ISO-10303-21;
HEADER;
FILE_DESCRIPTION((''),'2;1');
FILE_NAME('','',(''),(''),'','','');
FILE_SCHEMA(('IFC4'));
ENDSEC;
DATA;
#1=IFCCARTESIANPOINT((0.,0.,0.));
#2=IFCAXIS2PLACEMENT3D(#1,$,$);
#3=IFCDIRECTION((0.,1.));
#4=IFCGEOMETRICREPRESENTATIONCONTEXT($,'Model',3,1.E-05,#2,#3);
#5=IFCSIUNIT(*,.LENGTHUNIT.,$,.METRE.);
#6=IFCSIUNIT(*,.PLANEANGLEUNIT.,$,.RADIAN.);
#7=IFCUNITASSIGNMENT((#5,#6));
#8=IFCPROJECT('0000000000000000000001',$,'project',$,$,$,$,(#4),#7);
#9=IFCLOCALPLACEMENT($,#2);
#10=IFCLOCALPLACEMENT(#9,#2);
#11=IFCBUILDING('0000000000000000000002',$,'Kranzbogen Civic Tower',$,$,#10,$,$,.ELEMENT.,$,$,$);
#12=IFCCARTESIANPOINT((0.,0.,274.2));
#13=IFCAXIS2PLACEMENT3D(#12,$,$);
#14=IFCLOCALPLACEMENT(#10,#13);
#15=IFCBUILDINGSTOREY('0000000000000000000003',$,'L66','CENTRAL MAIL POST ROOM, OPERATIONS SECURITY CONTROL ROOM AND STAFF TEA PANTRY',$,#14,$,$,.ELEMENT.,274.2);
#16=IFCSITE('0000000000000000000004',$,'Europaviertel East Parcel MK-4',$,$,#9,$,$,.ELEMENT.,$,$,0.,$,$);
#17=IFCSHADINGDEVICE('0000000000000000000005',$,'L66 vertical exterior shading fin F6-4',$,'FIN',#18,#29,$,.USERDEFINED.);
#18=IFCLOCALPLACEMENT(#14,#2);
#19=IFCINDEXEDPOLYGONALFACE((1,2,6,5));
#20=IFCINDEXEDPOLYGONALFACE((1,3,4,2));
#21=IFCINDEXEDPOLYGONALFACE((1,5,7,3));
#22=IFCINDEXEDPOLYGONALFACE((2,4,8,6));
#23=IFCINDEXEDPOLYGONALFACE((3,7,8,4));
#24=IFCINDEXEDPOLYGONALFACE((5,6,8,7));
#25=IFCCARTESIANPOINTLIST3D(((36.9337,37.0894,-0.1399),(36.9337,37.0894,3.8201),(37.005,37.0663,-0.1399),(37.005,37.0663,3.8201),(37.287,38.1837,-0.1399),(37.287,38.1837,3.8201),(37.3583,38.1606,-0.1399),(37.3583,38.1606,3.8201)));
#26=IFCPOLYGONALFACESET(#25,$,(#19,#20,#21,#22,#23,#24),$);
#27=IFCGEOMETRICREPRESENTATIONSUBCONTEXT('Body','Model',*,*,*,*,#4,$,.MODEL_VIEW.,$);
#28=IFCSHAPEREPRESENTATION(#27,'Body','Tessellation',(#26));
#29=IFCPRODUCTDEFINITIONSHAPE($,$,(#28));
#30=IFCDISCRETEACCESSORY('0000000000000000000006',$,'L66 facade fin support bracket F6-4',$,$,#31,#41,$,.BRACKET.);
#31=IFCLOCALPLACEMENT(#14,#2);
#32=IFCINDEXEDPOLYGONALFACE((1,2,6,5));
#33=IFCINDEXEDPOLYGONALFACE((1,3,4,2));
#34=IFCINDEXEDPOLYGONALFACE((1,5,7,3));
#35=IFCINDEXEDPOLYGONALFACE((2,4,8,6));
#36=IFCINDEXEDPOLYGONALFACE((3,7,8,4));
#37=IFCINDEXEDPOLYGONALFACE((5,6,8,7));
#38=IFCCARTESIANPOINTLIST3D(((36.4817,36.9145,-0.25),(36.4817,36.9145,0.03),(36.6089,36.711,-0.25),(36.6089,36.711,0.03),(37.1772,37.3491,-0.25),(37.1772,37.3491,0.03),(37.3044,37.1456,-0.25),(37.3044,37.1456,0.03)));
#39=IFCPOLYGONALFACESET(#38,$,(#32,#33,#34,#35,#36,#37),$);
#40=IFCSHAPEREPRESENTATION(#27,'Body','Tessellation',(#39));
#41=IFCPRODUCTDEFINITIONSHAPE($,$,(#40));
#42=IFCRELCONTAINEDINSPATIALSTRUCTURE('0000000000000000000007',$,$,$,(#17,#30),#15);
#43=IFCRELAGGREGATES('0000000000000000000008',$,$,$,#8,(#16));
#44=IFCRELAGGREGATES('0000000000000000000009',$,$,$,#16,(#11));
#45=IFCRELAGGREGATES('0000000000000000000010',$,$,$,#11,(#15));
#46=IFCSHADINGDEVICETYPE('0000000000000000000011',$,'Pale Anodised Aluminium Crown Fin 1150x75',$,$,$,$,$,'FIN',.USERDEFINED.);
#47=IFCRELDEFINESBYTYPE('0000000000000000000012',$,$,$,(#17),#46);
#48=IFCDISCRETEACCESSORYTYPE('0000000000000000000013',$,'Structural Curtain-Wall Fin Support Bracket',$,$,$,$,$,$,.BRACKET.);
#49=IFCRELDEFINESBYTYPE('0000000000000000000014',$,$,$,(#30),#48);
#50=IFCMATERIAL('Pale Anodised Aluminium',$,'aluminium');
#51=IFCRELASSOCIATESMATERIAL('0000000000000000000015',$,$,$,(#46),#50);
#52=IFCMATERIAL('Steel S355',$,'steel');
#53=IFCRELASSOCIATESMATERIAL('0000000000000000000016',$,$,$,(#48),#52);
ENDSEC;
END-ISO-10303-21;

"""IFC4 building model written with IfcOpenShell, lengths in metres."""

from ifc_helpers import new_model, si_unit, direction, frame, origin, origin_2d, place, context, subcontext, project, spatial, rectangle, extrude, material, type_object, element, save


model = new_model("IFC4")

# Units and contexts
model_context = context("Model", 3, precision=1e-05, world=origin(), true_north=direction((0.0, 1.0)))
body_context = subcontext(model_context, "Body", "Model", "MODEL_VIEW")
ifc_project = project(units=[si_unit("LENGTHUNIT", "METRE"), si_unit("PLANEANGLEUNIT", "RADIAN")], contexts=[model_context])

# Site, building, storey
site_placement = place(None, origin())
site = spatial("IfcSite", under=ifc_project, at=site_placement, Name="Europaviertel East Parcel MK-4", CompositionType="ELEMENT", RefElevation=0.0)
building_placement = place(site_placement, origin())
building = spatial("IfcBuilding", under=site, at=building_placement, Name="Kranzbogen Civic Tower", CompositionType="ELEMENT")
storey_placement = place(building_placement, frame((0.0, 0.0, 274.2)))
storey = spatial("IfcBuildingStorey", under=building, at=storey_placement, Name="L66", Description="CENTRAL MAIL POST ROOM, OPERATIONS SECURITY CONTROL ROOM AND STAFF TEA PANTRY", CompositionType="ELEMENT", Elevation=274.2)

# Shared definitions
ifc_material_1 = material(Name="Steel S355", Category="steel")

# Shared definitions
ifc_material_2 = material(Name="Pale Anodised Aluminium", Category="aluminium")

# Shading device
shading_device_type = type_object("IfcShadingDeviceType", Name="Pale Anodised Aluminium Crown Fin 1150x75", ElementType="FIN", PredefinedType="USERDEFINED", material=ifc_material_2)
shading_device_placement = place(storey_placement, frame((37.146, 37.625, -0.1399), z_axis=(0.0, 0.0, 1.0), x_axis=(0.307191, 0.951648, 0.0)))
element("IfcShadingDevice", 1, at=shading_device_placement, inside=storey, type_object=shading_device_type, Name="L66 vertical exterior shading fin F6-4", ObjectType="FIN", PredefinedType="USERDEFINED", context=body_context, shape_type="SweptSolid", body=[
    extrude(rectangle(XDim=1.1499, YDim=0.075, at=origin_2d()), origin(), (0.0, 0.0, 1.0), 3.96),
])

# Discrete accessory
discrete_accessory_type = type_object("IfcDiscreteAccessoryType", Name="Structural Curtain-Wall Fin Support Bracket", PredefinedType="BRACKET", material=ifc_material_1)
discrete_accessory_placement = place(storey_placement, frame((36.8931, 37.03, -0.25), z_axis=(0.0, 0.0, 1.0), x_axis=(0.848048, 0.529919, 0.0)))
element("IfcDiscreteAccessory", 2, at=discrete_accessory_placement, inside=storey, type_object=discrete_accessory_type, Name="L66 facade fin support bracket F6-4", PredefinedType="BRACKET", context=body_context, shape_type="SweptSolid", body=[
    extrude(rectangle(XDim=0.8201, YDim=0.24, at=origin_2d()), origin(), (0.0, 0.0, 1.0), 0.28),
])

save(model, "model.ifc")
